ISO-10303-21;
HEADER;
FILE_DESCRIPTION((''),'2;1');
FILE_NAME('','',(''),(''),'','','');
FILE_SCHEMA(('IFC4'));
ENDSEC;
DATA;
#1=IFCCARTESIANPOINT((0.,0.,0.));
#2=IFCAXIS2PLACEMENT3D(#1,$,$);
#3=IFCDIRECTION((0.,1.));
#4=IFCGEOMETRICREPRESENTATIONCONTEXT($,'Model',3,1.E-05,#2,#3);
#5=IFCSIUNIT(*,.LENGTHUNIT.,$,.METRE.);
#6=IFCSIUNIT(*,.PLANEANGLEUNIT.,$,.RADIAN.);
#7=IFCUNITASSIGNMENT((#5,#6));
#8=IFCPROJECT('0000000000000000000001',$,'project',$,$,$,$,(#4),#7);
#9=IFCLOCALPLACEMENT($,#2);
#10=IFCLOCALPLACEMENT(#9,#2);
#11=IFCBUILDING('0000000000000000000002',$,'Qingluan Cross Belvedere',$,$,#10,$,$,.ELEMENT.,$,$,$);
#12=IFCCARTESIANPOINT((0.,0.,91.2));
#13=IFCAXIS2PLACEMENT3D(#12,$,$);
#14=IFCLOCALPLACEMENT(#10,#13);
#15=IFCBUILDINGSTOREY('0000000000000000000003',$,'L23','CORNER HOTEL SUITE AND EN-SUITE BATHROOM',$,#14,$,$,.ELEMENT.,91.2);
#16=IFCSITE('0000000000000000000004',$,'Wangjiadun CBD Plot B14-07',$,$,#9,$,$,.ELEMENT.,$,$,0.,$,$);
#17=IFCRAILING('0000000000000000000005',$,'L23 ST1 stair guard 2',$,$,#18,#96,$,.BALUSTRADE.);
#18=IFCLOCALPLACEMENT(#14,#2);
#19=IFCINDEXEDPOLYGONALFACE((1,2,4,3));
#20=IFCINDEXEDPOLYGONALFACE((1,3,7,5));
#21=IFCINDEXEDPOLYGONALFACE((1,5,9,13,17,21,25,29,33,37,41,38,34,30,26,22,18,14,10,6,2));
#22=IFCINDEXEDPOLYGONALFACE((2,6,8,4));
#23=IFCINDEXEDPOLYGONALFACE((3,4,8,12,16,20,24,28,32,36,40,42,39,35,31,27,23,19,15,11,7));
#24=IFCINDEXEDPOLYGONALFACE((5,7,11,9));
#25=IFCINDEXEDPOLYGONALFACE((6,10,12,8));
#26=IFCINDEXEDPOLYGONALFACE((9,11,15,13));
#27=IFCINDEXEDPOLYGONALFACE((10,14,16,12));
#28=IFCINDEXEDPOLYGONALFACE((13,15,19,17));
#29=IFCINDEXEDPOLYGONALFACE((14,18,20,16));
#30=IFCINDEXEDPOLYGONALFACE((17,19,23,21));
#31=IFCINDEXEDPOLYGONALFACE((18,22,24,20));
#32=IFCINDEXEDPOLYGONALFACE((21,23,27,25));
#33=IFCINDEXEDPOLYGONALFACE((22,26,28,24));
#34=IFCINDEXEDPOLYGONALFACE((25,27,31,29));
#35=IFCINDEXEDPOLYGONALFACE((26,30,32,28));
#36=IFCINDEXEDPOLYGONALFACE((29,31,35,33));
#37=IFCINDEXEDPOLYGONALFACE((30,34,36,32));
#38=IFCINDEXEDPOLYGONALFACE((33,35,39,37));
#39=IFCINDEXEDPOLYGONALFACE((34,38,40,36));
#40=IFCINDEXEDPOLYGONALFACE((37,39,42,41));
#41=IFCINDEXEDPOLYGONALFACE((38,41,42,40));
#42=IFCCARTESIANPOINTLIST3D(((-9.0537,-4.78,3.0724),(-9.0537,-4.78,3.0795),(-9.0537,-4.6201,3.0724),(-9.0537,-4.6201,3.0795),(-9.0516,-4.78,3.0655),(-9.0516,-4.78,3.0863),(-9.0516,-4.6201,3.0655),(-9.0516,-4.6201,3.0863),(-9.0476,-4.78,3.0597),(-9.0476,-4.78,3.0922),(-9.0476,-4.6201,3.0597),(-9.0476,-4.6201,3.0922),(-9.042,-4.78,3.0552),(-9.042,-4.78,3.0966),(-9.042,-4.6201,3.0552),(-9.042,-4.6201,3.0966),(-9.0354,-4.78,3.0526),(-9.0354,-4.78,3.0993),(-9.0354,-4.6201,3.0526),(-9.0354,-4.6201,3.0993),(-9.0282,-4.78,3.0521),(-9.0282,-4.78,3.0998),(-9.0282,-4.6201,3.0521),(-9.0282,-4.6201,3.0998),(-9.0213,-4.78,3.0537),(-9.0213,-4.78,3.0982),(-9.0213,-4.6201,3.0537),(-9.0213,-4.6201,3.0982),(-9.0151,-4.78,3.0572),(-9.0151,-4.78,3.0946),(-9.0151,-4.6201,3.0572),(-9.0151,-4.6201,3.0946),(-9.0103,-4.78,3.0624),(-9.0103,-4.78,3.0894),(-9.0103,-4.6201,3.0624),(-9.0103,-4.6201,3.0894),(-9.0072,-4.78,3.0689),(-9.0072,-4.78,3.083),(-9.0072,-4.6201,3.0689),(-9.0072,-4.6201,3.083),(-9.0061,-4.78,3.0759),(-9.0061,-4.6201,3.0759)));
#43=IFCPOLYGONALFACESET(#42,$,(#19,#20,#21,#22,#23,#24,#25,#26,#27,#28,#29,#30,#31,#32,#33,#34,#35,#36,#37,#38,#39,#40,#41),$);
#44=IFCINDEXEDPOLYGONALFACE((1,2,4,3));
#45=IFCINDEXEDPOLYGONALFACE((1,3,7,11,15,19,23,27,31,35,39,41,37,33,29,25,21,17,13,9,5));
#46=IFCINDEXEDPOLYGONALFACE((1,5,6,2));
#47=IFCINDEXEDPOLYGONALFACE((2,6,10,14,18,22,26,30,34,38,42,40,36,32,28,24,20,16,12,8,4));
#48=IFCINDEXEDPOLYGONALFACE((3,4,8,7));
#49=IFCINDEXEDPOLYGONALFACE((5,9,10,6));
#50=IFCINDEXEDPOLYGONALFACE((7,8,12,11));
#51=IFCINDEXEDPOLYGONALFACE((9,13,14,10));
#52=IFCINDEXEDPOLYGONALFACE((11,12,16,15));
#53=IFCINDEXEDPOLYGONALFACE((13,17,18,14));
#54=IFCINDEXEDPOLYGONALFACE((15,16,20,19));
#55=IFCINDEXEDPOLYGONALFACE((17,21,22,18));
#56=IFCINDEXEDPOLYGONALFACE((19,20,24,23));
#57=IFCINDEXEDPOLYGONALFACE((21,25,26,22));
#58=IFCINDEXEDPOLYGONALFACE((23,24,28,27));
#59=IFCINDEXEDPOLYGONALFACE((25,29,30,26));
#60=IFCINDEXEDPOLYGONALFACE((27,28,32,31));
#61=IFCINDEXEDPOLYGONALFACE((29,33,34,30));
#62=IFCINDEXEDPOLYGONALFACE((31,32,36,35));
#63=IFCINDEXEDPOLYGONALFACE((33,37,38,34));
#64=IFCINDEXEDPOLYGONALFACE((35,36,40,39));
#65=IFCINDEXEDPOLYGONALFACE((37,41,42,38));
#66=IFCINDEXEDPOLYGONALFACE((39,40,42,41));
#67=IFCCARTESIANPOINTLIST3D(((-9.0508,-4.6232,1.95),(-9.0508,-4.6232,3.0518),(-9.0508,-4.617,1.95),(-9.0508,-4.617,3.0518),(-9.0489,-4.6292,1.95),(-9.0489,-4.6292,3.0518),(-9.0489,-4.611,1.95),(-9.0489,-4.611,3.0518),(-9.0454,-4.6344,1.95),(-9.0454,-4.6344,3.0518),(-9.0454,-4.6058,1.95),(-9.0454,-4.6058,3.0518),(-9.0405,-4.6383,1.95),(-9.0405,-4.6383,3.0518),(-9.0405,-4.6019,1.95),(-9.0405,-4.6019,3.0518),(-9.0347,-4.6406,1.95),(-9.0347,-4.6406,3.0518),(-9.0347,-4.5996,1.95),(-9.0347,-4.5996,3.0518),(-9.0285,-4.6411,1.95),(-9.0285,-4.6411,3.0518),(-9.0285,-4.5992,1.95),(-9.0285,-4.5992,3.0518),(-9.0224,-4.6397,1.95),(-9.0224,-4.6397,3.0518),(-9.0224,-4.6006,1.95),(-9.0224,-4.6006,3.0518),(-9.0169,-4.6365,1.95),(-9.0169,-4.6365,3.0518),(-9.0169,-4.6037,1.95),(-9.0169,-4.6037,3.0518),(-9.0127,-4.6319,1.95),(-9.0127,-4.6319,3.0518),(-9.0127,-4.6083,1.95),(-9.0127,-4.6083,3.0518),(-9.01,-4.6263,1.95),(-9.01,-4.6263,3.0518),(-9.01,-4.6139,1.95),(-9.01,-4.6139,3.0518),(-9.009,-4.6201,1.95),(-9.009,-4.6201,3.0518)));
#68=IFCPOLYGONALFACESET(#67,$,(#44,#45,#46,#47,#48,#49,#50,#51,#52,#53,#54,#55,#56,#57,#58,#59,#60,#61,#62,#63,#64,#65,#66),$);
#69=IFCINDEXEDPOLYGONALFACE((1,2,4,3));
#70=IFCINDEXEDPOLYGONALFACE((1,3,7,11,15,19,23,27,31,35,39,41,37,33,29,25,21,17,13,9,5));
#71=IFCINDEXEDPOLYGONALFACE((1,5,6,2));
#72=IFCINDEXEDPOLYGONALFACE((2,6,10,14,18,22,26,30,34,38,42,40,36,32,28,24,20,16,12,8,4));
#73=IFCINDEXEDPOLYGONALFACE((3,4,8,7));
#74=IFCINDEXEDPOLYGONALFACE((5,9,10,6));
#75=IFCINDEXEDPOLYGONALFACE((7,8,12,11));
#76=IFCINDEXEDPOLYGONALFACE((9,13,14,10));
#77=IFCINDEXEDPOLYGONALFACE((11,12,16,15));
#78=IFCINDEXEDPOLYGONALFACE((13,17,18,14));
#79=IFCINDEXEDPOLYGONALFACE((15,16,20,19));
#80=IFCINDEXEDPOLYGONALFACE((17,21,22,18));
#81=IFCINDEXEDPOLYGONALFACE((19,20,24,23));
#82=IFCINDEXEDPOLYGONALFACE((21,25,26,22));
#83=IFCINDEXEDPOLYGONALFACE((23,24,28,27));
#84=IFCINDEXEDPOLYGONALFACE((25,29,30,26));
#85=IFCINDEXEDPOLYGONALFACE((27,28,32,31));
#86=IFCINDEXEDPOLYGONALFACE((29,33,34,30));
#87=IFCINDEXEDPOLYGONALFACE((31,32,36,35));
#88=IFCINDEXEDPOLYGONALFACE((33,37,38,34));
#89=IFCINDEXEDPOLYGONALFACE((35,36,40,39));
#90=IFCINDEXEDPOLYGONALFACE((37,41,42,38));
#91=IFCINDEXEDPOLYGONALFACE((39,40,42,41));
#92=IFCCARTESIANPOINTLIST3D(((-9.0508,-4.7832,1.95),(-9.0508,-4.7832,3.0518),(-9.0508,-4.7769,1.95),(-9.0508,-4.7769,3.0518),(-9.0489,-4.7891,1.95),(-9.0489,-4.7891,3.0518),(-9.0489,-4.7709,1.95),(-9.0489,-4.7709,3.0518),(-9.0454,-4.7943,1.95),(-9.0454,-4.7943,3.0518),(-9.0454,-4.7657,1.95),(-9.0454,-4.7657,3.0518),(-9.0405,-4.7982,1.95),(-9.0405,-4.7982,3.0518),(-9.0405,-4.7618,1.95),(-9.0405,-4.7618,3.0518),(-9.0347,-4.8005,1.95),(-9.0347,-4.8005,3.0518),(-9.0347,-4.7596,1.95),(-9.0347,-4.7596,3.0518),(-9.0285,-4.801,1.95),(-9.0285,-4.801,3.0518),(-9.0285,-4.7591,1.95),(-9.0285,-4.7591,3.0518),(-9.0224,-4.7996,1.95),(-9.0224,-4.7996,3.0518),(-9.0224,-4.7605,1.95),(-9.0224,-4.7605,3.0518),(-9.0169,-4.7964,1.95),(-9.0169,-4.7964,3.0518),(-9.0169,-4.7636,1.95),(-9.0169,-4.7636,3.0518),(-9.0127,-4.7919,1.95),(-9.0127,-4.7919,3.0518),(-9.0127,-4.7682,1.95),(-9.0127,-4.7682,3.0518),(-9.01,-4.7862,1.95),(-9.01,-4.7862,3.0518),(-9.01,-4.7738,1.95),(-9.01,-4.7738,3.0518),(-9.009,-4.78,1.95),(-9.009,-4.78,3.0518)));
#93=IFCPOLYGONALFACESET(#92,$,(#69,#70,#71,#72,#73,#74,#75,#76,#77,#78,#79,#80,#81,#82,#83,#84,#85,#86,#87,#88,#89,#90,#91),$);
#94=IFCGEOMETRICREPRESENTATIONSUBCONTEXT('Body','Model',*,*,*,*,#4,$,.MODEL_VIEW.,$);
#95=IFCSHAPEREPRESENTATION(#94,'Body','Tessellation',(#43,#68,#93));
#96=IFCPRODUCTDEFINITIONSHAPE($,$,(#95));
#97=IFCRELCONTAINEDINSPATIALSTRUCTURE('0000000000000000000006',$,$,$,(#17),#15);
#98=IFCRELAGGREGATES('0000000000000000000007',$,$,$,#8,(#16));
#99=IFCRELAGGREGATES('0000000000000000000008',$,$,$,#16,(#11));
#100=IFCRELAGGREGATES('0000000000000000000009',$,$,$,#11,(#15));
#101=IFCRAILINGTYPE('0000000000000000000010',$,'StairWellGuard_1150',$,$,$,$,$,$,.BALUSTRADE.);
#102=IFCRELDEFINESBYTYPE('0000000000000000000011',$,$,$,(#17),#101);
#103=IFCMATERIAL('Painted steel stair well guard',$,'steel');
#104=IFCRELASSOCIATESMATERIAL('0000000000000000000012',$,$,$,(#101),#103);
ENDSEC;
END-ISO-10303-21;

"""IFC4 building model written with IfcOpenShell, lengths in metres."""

from ifc_helpers import new_model, si_unit, direction, frame, origin, origin_2d, place, context, subcontext, project, spatial, circle, extrude, material, type_object, element, save


model = new_model("IFC4")

# Units and contexts
model_context = context("Model", 3, precision=1e-05, world=origin(), true_north=direction((0.0, 1.0)))
body_context = subcontext(model_context, "Body", "Model", "MODEL_VIEW")
ifc_project = project(units=[si_unit("LENGTHUNIT", "METRE"), si_unit("PLANEANGLEUNIT", "RADIAN")], contexts=[model_context])

# Site, building, storey
site_placement = place(None, origin())
site = spatial("IfcSite", under=ifc_project, at=site_placement, Name="Wangjiadun CBD Plot B14-07", CompositionType="ELEMENT", RefElevation=0.0)
building_placement = place(site_placement, origin())
building = spatial("IfcBuilding", under=site, at=building_placement, Name="Qingluan Cross Belvedere", CompositionType="ELEMENT")
storey_placement = place(building_placement, frame((0.0, 0.0, 91.2)))
storey = spatial("IfcBuildingStorey", under=building, at=storey_placement, Name="L23", Description="CORNER HOTEL SUITE AND EN-SUITE BATHROOM", CompositionType="ELEMENT", Elevation=91.2)

# Railing
ifc_material_1 = material(Name="Painted steel stair well guard", Category="steel")
railing_type_1 = type_object("IfcRailingType", Name="StairWellGuard_1150", PredefinedType="BALUSTRADE", material=ifc_material_1)
railing_1_placement = place(storey_placement, frame((-9.03, -4.6201, 1.95)))
element("IfcRailing", 1, at=railing_1_placement, inside=storey, type_object=railing_type_1, Name="L23 ST1 stair guard 2", PredefinedType="BALUSTRADE", context=body_context, shape_type="SweptSolid", body=[
    extrude(circle(Radius=0.0239, at=origin_2d()), frame((0.0, 0.0, 1.126), z_axis=(0.0, -1.0, 0.0), x_axis=(1.0, 0.0, 0.0)), (0.0, 0.0, 1.0), 0.1599),
    extrude(circle(Radius=0.021, at=origin_2d()), origin(), (0.0, 0.0, 1.0), 1.1018),
    extrude(circle(Radius=0.021, at=origin_2d()), frame((0.0, -0.1599, 0.0)), (0.0, 0.0, 1.0), 1.1018),
])

save(model, "model.ifc")
